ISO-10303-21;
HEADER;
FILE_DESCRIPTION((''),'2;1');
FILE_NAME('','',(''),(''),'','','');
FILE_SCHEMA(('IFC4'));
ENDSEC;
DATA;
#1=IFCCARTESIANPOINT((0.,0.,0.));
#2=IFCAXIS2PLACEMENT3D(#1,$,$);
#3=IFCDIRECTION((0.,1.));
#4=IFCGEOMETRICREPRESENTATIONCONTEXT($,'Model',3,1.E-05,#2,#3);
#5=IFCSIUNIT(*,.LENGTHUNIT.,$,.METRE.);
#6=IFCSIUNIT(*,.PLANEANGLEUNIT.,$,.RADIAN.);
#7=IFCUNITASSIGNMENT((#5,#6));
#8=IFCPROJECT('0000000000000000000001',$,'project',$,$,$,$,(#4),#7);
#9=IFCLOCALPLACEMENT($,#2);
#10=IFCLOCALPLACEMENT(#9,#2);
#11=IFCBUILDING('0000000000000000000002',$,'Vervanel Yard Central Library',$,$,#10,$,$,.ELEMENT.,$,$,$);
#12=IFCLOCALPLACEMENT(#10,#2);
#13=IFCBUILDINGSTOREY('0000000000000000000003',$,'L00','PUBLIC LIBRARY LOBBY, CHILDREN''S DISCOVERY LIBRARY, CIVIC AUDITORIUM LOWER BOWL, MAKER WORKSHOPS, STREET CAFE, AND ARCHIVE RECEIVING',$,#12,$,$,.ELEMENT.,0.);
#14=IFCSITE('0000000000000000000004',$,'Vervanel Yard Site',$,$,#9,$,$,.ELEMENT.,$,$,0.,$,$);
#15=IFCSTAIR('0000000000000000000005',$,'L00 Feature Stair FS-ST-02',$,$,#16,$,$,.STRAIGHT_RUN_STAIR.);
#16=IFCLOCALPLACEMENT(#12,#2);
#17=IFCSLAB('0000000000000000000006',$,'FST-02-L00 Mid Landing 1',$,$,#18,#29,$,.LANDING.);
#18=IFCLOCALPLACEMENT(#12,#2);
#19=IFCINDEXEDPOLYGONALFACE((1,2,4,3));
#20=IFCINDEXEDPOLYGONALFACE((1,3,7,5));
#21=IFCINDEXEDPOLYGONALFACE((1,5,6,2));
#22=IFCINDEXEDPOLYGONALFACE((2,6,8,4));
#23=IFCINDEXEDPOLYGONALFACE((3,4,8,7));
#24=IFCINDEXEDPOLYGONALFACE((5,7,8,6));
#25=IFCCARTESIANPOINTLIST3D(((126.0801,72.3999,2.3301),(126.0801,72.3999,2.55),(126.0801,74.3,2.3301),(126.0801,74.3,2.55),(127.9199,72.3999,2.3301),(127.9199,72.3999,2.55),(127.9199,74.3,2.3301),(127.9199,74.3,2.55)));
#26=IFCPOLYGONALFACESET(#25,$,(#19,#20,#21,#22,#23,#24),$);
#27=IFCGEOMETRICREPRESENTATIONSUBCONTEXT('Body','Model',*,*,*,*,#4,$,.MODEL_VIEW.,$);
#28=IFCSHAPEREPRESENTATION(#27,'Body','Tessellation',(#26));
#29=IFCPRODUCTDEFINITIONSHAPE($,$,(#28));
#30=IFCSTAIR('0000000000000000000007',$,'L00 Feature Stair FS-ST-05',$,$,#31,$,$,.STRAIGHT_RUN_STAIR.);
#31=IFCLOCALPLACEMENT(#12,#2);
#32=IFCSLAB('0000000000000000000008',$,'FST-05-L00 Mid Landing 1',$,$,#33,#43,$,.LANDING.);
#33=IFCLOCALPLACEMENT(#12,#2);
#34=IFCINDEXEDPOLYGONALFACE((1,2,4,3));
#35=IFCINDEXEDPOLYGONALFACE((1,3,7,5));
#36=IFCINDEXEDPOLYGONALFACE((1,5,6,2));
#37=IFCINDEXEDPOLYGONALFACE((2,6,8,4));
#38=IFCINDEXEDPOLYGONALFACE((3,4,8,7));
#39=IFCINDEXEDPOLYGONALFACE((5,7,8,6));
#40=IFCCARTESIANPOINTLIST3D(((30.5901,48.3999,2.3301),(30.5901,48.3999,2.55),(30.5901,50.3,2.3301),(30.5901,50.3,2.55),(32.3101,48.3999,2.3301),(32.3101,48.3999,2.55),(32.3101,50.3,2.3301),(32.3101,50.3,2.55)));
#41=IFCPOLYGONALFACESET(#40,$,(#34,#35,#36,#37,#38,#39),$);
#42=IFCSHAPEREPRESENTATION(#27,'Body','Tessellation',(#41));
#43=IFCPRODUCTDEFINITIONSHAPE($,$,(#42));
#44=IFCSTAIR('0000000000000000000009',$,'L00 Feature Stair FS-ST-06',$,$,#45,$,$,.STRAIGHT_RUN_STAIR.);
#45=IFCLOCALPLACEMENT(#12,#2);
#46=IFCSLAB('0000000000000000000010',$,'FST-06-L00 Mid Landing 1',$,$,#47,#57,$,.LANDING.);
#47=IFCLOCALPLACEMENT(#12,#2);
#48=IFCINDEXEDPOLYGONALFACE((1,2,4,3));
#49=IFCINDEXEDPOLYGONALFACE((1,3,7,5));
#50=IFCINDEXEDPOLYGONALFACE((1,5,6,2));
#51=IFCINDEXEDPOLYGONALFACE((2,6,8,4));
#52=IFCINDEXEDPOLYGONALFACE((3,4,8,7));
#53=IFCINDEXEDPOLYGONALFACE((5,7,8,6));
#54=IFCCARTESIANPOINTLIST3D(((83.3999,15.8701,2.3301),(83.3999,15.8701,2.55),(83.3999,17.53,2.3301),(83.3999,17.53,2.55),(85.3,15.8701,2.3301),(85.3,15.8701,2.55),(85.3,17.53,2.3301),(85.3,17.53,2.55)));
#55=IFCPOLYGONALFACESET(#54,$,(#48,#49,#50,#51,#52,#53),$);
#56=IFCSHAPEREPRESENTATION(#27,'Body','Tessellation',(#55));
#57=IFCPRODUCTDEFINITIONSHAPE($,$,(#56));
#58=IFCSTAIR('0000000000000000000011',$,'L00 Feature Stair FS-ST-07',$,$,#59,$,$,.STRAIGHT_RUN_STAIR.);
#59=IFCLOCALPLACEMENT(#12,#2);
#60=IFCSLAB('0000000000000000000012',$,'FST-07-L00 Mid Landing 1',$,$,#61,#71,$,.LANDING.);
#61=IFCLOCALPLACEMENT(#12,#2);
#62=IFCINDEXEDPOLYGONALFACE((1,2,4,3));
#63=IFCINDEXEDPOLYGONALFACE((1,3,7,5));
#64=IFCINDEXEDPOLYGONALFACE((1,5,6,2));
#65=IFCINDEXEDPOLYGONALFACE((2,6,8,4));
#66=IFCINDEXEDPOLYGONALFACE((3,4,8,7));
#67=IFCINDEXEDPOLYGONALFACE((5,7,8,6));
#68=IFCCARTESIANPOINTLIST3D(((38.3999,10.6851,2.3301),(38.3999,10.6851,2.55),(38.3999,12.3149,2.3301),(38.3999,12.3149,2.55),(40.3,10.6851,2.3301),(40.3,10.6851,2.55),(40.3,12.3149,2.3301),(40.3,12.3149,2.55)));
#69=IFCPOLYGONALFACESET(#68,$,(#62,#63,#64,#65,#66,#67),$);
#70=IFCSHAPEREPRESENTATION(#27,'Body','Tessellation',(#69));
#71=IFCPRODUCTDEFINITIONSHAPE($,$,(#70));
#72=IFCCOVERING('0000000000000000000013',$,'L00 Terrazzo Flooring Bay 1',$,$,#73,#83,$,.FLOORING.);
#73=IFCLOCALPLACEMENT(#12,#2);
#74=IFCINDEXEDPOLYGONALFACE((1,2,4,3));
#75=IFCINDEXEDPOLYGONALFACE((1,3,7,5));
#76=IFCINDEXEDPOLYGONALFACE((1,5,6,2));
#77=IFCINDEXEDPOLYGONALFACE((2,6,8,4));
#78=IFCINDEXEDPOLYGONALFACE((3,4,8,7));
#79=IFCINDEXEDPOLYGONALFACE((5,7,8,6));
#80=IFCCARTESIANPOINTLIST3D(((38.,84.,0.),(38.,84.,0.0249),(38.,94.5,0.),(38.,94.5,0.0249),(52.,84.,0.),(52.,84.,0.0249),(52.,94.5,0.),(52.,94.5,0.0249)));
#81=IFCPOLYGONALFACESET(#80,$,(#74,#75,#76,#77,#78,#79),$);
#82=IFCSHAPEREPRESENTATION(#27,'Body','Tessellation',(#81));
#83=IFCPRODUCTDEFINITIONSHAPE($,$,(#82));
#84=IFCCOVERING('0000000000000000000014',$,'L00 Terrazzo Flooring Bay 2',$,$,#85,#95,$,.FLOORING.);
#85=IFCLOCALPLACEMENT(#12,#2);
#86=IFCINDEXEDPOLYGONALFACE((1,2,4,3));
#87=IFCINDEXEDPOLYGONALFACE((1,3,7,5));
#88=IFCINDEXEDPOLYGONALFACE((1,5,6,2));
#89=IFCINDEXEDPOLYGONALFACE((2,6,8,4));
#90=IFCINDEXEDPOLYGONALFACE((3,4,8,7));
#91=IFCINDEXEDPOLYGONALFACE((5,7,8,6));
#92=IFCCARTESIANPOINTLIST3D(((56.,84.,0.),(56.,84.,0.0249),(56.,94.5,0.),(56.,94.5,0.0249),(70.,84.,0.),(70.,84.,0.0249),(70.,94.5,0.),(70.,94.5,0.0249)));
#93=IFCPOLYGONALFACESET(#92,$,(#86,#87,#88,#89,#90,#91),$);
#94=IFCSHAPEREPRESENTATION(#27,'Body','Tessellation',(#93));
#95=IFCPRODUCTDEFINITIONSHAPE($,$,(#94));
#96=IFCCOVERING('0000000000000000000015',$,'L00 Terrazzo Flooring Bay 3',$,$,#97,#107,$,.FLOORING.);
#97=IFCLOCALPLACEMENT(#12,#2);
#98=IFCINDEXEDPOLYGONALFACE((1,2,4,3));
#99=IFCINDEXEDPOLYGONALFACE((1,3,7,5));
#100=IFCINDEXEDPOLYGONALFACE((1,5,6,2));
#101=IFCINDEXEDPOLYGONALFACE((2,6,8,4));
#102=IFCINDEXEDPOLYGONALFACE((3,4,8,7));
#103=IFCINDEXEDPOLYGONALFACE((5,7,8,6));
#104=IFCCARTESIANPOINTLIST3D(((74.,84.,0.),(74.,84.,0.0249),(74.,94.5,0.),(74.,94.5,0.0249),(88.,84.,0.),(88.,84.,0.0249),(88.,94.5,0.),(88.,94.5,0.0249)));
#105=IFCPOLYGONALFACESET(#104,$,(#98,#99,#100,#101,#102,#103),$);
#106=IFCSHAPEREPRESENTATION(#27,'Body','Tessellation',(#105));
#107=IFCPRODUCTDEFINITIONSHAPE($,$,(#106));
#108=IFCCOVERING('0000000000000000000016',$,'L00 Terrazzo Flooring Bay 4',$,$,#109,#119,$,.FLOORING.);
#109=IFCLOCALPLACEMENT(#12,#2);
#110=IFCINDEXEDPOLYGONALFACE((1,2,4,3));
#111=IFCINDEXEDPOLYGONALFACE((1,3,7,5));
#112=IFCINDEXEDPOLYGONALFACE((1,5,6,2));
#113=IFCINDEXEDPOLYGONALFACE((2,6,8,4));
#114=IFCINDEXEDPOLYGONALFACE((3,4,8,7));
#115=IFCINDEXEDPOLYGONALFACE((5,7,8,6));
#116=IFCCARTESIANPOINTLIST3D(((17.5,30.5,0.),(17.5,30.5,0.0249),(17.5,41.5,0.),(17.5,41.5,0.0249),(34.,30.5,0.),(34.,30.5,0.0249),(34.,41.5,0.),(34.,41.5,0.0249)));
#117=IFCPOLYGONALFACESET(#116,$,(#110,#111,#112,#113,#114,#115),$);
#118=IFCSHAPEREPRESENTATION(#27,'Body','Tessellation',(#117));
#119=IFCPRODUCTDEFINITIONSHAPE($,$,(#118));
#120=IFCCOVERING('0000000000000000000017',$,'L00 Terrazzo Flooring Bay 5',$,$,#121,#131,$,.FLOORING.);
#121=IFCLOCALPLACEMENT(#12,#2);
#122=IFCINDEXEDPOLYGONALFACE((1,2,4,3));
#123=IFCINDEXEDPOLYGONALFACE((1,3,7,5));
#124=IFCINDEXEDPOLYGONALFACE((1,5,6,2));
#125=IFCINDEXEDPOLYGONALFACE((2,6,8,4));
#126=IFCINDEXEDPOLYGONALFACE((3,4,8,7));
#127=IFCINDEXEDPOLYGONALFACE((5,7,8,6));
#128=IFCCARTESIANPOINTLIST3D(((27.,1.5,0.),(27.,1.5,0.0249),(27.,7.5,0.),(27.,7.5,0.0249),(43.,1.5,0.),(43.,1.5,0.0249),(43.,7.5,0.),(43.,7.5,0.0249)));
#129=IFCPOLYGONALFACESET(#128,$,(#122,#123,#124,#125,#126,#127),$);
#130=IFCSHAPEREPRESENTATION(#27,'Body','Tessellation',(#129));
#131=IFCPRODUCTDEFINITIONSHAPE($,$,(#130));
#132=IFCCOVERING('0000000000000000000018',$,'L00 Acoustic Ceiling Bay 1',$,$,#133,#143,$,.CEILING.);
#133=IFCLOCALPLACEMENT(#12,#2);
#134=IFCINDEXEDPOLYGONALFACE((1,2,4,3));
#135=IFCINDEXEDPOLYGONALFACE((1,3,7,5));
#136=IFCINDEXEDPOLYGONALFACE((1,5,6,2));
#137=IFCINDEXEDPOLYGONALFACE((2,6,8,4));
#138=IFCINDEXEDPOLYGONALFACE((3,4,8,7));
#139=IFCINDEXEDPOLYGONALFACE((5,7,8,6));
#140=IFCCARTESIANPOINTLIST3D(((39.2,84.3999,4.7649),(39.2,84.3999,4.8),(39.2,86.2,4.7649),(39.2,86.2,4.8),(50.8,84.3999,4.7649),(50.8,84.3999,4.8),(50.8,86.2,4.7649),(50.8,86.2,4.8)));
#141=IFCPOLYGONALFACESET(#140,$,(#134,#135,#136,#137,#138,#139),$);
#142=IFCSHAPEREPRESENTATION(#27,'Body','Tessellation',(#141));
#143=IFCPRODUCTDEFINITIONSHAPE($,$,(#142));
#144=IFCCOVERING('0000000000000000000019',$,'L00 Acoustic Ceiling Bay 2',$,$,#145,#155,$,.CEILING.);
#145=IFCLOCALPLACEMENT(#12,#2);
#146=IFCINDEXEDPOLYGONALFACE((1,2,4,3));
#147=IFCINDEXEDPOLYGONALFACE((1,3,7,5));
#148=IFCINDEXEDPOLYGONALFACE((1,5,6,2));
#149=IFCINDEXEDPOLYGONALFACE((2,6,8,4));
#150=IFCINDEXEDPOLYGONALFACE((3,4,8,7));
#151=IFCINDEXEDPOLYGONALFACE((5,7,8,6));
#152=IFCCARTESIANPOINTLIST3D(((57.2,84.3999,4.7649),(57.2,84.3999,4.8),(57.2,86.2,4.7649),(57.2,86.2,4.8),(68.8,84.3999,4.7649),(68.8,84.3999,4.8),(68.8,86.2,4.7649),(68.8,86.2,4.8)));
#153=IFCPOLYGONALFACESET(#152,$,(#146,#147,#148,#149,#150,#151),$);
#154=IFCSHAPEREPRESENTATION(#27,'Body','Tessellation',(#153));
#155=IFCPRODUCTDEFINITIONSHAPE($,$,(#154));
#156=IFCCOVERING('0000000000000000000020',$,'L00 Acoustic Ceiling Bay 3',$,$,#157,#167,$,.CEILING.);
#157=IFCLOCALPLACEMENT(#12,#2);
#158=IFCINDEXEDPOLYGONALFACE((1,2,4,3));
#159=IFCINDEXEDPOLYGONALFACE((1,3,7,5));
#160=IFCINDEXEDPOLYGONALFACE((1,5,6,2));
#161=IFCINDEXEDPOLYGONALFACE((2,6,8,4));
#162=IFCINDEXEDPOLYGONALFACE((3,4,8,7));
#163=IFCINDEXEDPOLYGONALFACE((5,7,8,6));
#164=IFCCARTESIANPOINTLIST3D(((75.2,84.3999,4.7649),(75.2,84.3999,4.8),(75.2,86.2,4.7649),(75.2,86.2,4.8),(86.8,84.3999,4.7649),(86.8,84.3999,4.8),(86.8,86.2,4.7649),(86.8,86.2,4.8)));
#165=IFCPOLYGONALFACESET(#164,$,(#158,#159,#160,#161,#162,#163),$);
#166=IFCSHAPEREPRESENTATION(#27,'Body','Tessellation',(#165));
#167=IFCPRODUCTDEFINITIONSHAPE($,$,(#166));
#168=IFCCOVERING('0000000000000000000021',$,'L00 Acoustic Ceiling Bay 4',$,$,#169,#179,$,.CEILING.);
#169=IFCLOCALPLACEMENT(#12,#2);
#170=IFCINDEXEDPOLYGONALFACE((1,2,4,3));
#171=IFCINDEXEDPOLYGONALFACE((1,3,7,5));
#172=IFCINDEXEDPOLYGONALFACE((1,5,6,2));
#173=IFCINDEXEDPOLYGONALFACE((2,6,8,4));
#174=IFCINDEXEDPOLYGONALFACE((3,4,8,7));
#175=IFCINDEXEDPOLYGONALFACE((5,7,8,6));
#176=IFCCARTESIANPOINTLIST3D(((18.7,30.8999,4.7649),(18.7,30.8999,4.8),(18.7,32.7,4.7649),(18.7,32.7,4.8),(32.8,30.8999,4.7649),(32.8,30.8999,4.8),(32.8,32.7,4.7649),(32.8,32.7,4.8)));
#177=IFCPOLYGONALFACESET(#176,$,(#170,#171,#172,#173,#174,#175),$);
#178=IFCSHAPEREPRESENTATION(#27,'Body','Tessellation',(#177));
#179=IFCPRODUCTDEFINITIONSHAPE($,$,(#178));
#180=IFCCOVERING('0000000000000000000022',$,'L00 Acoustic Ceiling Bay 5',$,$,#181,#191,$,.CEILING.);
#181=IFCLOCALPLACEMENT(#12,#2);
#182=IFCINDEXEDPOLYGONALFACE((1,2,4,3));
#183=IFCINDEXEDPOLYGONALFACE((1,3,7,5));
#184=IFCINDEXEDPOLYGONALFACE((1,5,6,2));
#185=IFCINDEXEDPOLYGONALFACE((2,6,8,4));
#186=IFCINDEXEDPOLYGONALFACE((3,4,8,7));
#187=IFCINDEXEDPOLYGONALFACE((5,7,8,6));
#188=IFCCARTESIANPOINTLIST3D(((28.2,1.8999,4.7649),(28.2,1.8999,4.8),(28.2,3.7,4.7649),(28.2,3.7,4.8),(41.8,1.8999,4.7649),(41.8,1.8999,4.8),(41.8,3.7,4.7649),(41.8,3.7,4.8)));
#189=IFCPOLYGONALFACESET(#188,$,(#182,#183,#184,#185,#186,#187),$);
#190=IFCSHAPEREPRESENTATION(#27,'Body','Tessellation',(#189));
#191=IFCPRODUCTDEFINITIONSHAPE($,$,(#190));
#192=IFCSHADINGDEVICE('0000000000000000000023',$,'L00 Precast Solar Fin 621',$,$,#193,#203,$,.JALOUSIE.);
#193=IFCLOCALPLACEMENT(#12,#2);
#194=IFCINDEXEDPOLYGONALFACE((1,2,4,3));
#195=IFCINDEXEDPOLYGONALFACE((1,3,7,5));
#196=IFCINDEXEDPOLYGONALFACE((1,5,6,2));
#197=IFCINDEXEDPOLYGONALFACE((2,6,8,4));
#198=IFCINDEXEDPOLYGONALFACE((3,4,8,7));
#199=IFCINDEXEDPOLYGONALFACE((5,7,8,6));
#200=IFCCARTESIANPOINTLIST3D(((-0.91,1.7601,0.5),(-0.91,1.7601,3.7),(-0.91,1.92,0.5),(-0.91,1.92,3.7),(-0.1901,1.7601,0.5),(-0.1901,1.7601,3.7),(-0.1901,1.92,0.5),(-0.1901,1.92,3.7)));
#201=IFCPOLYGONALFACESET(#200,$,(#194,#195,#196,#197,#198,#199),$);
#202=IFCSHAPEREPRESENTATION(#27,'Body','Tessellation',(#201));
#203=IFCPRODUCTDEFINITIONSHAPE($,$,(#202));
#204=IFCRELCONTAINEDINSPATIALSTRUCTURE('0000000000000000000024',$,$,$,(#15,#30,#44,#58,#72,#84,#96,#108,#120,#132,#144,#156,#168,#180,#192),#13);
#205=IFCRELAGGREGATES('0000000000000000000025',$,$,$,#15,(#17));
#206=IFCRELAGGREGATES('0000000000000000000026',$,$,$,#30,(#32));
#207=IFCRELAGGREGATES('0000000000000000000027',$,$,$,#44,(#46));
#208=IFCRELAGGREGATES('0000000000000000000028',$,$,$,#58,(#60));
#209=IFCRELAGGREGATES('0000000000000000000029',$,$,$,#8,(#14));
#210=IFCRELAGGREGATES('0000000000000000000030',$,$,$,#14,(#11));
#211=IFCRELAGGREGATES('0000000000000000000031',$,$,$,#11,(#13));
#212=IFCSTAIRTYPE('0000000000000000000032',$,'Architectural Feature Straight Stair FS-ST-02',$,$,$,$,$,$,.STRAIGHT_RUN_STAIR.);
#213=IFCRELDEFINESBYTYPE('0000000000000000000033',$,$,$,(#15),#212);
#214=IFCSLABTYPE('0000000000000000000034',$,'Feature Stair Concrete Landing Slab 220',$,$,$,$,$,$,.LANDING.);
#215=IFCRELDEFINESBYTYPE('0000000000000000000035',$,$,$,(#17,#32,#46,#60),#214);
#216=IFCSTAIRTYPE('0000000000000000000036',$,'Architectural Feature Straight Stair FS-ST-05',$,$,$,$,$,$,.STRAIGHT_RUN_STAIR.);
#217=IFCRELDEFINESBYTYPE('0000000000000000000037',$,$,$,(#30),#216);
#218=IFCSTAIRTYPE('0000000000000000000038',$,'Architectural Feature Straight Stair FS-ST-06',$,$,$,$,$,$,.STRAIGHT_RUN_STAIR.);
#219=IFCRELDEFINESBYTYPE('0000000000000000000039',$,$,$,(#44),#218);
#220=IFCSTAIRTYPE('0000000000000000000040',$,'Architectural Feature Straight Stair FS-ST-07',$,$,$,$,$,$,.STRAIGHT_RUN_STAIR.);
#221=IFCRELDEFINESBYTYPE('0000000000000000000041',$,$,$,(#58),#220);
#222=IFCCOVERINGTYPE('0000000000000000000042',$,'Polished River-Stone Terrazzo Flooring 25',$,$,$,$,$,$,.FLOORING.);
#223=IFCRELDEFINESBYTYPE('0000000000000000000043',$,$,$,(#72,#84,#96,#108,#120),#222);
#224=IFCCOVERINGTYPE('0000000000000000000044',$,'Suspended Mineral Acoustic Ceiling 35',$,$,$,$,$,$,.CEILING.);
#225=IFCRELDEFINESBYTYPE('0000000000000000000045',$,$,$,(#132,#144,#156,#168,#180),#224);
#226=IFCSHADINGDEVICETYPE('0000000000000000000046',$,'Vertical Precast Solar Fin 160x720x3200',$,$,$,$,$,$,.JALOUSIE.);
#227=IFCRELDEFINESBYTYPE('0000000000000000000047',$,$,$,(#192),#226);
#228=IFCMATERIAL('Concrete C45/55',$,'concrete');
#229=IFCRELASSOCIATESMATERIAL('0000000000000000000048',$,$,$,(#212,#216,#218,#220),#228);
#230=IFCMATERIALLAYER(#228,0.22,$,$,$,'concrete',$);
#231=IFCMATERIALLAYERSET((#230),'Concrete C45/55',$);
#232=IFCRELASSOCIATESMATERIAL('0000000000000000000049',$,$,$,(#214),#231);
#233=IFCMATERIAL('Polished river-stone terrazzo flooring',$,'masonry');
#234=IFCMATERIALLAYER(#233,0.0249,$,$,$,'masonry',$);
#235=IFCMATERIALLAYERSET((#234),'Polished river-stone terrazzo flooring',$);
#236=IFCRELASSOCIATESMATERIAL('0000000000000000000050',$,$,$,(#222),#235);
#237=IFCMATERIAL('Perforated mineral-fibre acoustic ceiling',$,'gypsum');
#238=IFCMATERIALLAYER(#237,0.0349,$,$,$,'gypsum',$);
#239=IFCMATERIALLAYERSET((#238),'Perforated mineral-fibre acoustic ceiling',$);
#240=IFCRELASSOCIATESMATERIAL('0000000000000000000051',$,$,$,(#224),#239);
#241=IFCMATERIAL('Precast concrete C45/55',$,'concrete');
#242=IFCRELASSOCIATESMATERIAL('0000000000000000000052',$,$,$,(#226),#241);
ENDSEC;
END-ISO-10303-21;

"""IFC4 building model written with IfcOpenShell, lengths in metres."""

from ifc_helpers import new_model, si_unit, direction, frame, origin, origin_2d, place, context, subcontext, project, spatial, polyline, rectangle, outline, extrude, material, layer, layer_set, type_object, element, aggregate, save


model = new_model("IFC4")

# Units and contexts
model_context = context("Model", 3, precision=1e-05, world=origin(), true_north=direction((0.0, 1.0)))
body_context = subcontext(model_context, "Body", "Model", "MODEL_VIEW")
ifc_project = project(units=[si_unit("LENGTHUNIT", "METRE"), si_unit("PLANEANGLEUNIT", "RADIAN")], contexts=[model_context])

# Site, building, storey
site_placement = place(None, origin())
site = spatial("IfcSite", under=ifc_project, at=site_placement, Name="Vervanel Yard Site", CompositionType="ELEMENT", RefElevation=0.0)
building_placement = place(site_placement, origin())
building = spatial("IfcBuilding", under=site, at=building_placement, Name="Vervanel Yard Central Library", CompositionType="ELEMENT")
storey_placement = place(building_placement, origin())
storey = spatial("IfcBuildingStorey", under=building, at=storey_placement, Name="L00", Description="PUBLIC LIBRARY LOBBY, CHILDREN'S DISCOVERY LIBRARY, CIVIC AUDITORIUM LOWER BOWL, MAKER WORKSHOPS, STREET CAFE, AND ARCHIVE RECEIVING", CompositionType="ELEMENT", Elevation=0.0)

# Stairs, slabs
ifc_material_1 = material(Name="Concrete C45/55", Category="concrete")
stair_type_1 = type_object("IfcStairType", Name="Architectural Feature Straight Stair FS-ST-02", PredefinedType="STRAIGHT_RUN_STAIR", material=ifc_material_1)
stair_1_placement = place(storey_placement, origin())
stair_1 = element("IfcStair", 1, at=stair_1_placement, inside=storey, type_object=stair_type_1, Name="L00 Feature Stair FS-ST-02", PredefinedType="STRAIGHT_RUN_STAIR")
ifc_layer_1 = layer(ifc_material_1, 0.22, Category="concrete")
ifc_layer_set_1 = layer_set([ifc_layer_1], Name="Concrete C45/55")
slab_type_1 = type_object("IfcSlabType", Name="Feature Stair Concrete Landing Slab 220", PredefinedType="LANDING", material=ifc_layer_set_1)
slab_1_placement = place(storey_placement, frame((0.0, 0.0, 2.3301)))
slab_1 = element("IfcSlab", 2, at=slab_1_placement, type_object=slab_type_1, Name="FST-02-L00 Mid Landing 1", PredefinedType="LANDING", context=body_context, shape_type="SweptSolid", body=[
    extrude(outline(polyline([(126.0801, 72.3999), (127.9199, 72.3999), (127.9199, 74.3), (126.0801, 74.3), (126.0801, 72.3999)])), origin(), (0.0, 0.0, 1.0), 0.22),
])
aggregate(stair_1, [slab_1])
stair_type_2 = type_object("IfcStairType", Name="Architectural Feature Straight Stair FS-ST-05", PredefinedType="STRAIGHT_RUN_STAIR", material=ifc_material_1)
stair_2_placement = place(storey_placement, origin())
stair_2 = element("IfcStair", 3, at=stair_2_placement, inside=storey, type_object=stair_type_2, Name="L00 Feature Stair FS-ST-05", PredefinedType="STRAIGHT_RUN_STAIR")
slab_2_placement = place(storey_placement, frame((0.0, 0.0, 2.3301)))
slab_2 = element("IfcSlab", 4, at=slab_2_placement, type_object=slab_type_1, Name="FST-05-L00 Mid Landing 1", PredefinedType="LANDING", context=body_context, shape_type="SweptSolid", body=[
    extrude(outline(polyline([(30.5901, 48.3999), (32.3101, 48.3999), (32.3101, 50.3), (30.5901, 50.3), (30.5901, 48.3999)])), origin(), (0.0, 0.0, 1.0), 0.22),
])
aggregate(stair_2, [slab_2])
stair_type_3 = type_object("IfcStairType", Name="Architectural Feature Straight Stair FS-ST-06", PredefinedType="STRAIGHT_RUN_STAIR", material=ifc_material_1)
stair_3_placement = place(storey_placement, origin())
stair_3 = element("IfcStair", 5, at=stair_3_placement, inside=storey, type_object=stair_type_3, Name="L00 Feature Stair FS-ST-06", PredefinedType="STRAIGHT_RUN_STAIR")
slab_3_placement = place(storey_placement, frame((0.0, 0.0, 2.3301)))
slab_3 = element("IfcSlab", 6, at=slab_3_placement, type_object=slab_type_1, Name="FST-06-L00 Mid Landing 1", PredefinedType="LANDING", context=body_context, shape_type="SweptSolid", body=[
    extrude(outline(polyline([(83.3999, 15.8701), (85.3, 15.8701), (85.3, 17.53), (83.3999, 17.53), (83.3999, 15.8701)])), origin(), (0.0, 0.0, 1.0), 0.22),
])
aggregate(stair_3, [slab_3])
stair_type_4 = type_object("IfcStairType", Name="Architectural Feature Straight Stair FS-ST-07", PredefinedType="STRAIGHT_RUN_STAIR", material=ifc_material_1)
stair_4_placement = place(storey_placement, origin())
stair_4 = element("IfcStair", 7, at=stair_4_placement, inside=storey, type_object=stair_type_4, Name="L00 Feature Stair FS-ST-07", PredefinedType="STRAIGHT_RUN_STAIR")
slab_4_placement = place(storey_placement, frame((0.0, 0.0, 2.3301)))
slab_4 = element("IfcSlab", 8, at=slab_4_placement, type_object=slab_type_1, Name="FST-07-L00 Mid Landing 1", PredefinedType="LANDING", context=body_context, shape_type="SweptSolid", body=[
    extrude(outline(polyline([(38.3999, 10.6851), (40.3, 10.6851), (40.3, 12.3149), (38.3999, 12.3149), (38.3999, 10.6851)])), origin(), (0.0, 0.0, 1.0), 0.22),
])
aggregate(stair_4, [slab_4])

# Coverings
ifc_material_2 = material(Name="Polished river-stone terrazzo flooring", Category="masonry")
ifc_layer_2 = layer(ifc_material_2, 0.0249, Category="masonry")
ifc_layer_set_2 = layer_set([ifc_layer_2], Name="Polished river-stone terrazzo flooring")
covering_type_1 = type_object("IfcCoveringType", Name="Polished River-Stone Terrazzo Flooring 25", PredefinedType="FLOORING", material=ifc_layer_set_2)
covering_1_placement = place(storey_placement, origin())
element("IfcCovering", 9, at=covering_1_placement, inside=storey, type_object=covering_type_1, Name="L00 Terrazzo Flooring Bay 1", PredefinedType="FLOORING", context=body_context, shape_type="SweptSolid", body=[
    extrude(outline(polyline([(38.0, 84.0), (52.0, 84.0), (52.0, 94.5), (38.0, 94.5), (38.0, 84.0)])), origin(), (0.0, 0.0, 1.0), 0.0249),
])
covering_2_placement = place(storey_placement, origin())
element("IfcCovering", 10, at=covering_2_placement, inside=storey, type_object=covering_type_1, Name="L00 Terrazzo Flooring Bay 2", PredefinedType="FLOORING", context=body_context, shape_type="SweptSolid", body=[
    extrude(outline(polyline([(56.0, 84.0), (70.0, 84.0), (70.0, 94.5), (56.0, 94.5), (56.0, 84.0)])), origin(), (0.0, 0.0, 1.0), 0.0249),
])
covering_3_placement = place(storey_placement, origin())
element("IfcCovering", 11, at=covering_3_placement, inside=storey, type_object=covering_type_1, Name="L00 Terrazzo Flooring Bay 3", PredefinedType="FLOORING", context=body_context, shape_type="SweptSolid", body=[
    extrude(outline(polyline([(74.0, 84.0), (88.0, 84.0), (88.0, 94.5), (74.0, 94.5), (74.0, 84.0)])), origin(), (0.0, 0.0, 1.0), 0.0249),
])
covering_4_placement = place(storey_placement, origin())
element("IfcCovering", 12, at=covering_4_placement, inside=storey, type_object=covering_type_1, Name="L00 Terrazzo Flooring Bay 4", PredefinedType="FLOORING", context=body_context, shape_type="SweptSolid", body=[
    extrude(outline(polyline([(17.5, 30.5), (34.0, 30.5), (34.0, 41.5), (17.5, 41.5), (17.5, 30.5)])), origin(), (0.0, 0.0, 1.0), 0.0249),
])
covering_5_placement = place(storey_placement, origin())
element("IfcCovering", 13, at=covering_5_placement, inside=storey, type_object=covering_type_1, Name="L00 Terrazzo Flooring Bay 5", PredefinedType="FLOORING", context=body_context, shape_type="SweptSolid", body=[
    extrude(outline(polyline([(27.0, 1.5), (43.0, 1.5), (43.0, 7.5), (27.0, 7.5), (27.0, 1.5)])), origin(), (0.0, 0.0, 1.0), 0.0249),
])
ifc_material_3 = material(Name="Perforated mineral-fibre acoustic ceiling", Category="gypsum")
ifc_layer_3 = layer(ifc_material_3, 0.0349, Category="gypsum")
ifc_layer_set_3 = layer_set([ifc_layer_3], Name="Perforated mineral-fibre acoustic ceiling")
covering_type_2 = type_object("IfcCoveringType", Name="Suspended Mineral Acoustic Ceiling 35", PredefinedType="CEILING", material=ifc_layer_set_3)
covering_6_placement = place(storey_placement, frame((0.0, 0.0, 4.7649)))
element("IfcCovering", 14, at=covering_6_placement, inside=storey, type_object=covering_type_2, Name="L00 Acoustic Ceiling Bay 1", PredefinedType="CEILING", context=body_context, shape_type="SweptSolid", body=[
    extrude(outline(polyline([(39.2, 84.3999), (50.8, 84.3999), (50.8, 86.2), (39.2, 86.2), (39.2, 84.3999)])), origin(), (0.0, 0.0, 1.0), 0.0352),
])
covering_7_placement = place(storey_placement, frame((0.0, 0.0, 4.7649)))
element("IfcCovering", 15, at=covering_7_placement, inside=storey, type_object=covering_type_2, Name="L00 Acoustic Ceiling Bay 2", PredefinedType="CEILING", context=body_context, shape_type="SweptSolid", body=[
    extrude(outline(polyline([(57.2, 84.3999), (68.8, 84.3999), (68.8, 86.2), (57.2, 86.2), (57.2, 84.3999)])), origin(), (0.0, 0.0, 1.0), 0.0352),
])
covering_8_placement = place(storey_placement, frame((0.0, 0.0, 4.7649)))
element("IfcCovering", 16, at=covering_8_placement, inside=storey, type_object=covering_type_2, Name="L00 Acoustic Ceiling Bay 3", PredefinedType="CEILING", context=body_context, shape_type="SweptSolid", body=[
    extrude(outline(polyline([(75.2, 84.3999), (86.8, 84.3999), (86.8, 86.2), (75.2, 86.2), (75.2, 84.3999)])), origin(), (0.0, 0.0, 1.0), 0.0352),
])
covering_9_placement = place(storey_placement, frame((0.0, 0.0, 4.7649)))
element("IfcCovering", 17, at=covering_9_placement, inside=storey, type_object=covering_type_2, Name="L00 Acoustic Ceiling Bay 4", PredefinedType="CEILING", context=body_context, shape_type="SweptSolid", body=[
    extrude(outline(polyline([(18.7, 30.8999), (32.8, 30.8999), (32.8, 32.7), (18.7, 32.7), (18.7, 30.8999)])), origin(), (0.0, 0.0, 1.0), 0.0352),
])
covering_10_placement = place(storey_placement, frame((0.0, 0.0, 4.7649)))
element("IfcCovering", 18, at=covering_10_placement, inside=storey, type_object=covering_type_2, Name="L00 Acoustic Ceiling Bay 5", PredefinedType="CEILING", context=body_context, shape_type="SweptSolid", body=[
    extrude(outline(polyline([(28.2, 1.8999), (41.8, 1.8999), (41.8, 3.7), (28.2, 3.7), (28.2, 1.8999)])), origin(), (0.0, 0.0, 1.0), 0.0352),
])

# Shading device
ifc_material_4 = material(Name="Precast concrete C45/55", Category="concrete")
shading_device_type = type_object("IfcShadingDeviceType", Name="Vertical Precast Solar Fin 160x720x3200", PredefinedType="JALOUSIE", material=ifc_material_4)
shading_device_placement = place(storey_placement, frame((-0.55, 1.8401, 0.5), z_axis=(0.0, 0.0, 1.0), x_axis=(0.0, 1.0, 0.0)))
element("IfcShadingDevice", 19, at=shading_device_placement, inside=storey, type_object=shading_device_type, Name="L00 Precast Solar Fin 621", PredefinedType="JALOUSIE", context=body_context, shape_type="SweptSolid", body=[
    extrude(rectangle(XDim=0.1599, YDim=0.72, at=origin_2d()), origin(), (0.0, 0.0, 1.0), 3.2),
])

save(model, "model.ifc")
